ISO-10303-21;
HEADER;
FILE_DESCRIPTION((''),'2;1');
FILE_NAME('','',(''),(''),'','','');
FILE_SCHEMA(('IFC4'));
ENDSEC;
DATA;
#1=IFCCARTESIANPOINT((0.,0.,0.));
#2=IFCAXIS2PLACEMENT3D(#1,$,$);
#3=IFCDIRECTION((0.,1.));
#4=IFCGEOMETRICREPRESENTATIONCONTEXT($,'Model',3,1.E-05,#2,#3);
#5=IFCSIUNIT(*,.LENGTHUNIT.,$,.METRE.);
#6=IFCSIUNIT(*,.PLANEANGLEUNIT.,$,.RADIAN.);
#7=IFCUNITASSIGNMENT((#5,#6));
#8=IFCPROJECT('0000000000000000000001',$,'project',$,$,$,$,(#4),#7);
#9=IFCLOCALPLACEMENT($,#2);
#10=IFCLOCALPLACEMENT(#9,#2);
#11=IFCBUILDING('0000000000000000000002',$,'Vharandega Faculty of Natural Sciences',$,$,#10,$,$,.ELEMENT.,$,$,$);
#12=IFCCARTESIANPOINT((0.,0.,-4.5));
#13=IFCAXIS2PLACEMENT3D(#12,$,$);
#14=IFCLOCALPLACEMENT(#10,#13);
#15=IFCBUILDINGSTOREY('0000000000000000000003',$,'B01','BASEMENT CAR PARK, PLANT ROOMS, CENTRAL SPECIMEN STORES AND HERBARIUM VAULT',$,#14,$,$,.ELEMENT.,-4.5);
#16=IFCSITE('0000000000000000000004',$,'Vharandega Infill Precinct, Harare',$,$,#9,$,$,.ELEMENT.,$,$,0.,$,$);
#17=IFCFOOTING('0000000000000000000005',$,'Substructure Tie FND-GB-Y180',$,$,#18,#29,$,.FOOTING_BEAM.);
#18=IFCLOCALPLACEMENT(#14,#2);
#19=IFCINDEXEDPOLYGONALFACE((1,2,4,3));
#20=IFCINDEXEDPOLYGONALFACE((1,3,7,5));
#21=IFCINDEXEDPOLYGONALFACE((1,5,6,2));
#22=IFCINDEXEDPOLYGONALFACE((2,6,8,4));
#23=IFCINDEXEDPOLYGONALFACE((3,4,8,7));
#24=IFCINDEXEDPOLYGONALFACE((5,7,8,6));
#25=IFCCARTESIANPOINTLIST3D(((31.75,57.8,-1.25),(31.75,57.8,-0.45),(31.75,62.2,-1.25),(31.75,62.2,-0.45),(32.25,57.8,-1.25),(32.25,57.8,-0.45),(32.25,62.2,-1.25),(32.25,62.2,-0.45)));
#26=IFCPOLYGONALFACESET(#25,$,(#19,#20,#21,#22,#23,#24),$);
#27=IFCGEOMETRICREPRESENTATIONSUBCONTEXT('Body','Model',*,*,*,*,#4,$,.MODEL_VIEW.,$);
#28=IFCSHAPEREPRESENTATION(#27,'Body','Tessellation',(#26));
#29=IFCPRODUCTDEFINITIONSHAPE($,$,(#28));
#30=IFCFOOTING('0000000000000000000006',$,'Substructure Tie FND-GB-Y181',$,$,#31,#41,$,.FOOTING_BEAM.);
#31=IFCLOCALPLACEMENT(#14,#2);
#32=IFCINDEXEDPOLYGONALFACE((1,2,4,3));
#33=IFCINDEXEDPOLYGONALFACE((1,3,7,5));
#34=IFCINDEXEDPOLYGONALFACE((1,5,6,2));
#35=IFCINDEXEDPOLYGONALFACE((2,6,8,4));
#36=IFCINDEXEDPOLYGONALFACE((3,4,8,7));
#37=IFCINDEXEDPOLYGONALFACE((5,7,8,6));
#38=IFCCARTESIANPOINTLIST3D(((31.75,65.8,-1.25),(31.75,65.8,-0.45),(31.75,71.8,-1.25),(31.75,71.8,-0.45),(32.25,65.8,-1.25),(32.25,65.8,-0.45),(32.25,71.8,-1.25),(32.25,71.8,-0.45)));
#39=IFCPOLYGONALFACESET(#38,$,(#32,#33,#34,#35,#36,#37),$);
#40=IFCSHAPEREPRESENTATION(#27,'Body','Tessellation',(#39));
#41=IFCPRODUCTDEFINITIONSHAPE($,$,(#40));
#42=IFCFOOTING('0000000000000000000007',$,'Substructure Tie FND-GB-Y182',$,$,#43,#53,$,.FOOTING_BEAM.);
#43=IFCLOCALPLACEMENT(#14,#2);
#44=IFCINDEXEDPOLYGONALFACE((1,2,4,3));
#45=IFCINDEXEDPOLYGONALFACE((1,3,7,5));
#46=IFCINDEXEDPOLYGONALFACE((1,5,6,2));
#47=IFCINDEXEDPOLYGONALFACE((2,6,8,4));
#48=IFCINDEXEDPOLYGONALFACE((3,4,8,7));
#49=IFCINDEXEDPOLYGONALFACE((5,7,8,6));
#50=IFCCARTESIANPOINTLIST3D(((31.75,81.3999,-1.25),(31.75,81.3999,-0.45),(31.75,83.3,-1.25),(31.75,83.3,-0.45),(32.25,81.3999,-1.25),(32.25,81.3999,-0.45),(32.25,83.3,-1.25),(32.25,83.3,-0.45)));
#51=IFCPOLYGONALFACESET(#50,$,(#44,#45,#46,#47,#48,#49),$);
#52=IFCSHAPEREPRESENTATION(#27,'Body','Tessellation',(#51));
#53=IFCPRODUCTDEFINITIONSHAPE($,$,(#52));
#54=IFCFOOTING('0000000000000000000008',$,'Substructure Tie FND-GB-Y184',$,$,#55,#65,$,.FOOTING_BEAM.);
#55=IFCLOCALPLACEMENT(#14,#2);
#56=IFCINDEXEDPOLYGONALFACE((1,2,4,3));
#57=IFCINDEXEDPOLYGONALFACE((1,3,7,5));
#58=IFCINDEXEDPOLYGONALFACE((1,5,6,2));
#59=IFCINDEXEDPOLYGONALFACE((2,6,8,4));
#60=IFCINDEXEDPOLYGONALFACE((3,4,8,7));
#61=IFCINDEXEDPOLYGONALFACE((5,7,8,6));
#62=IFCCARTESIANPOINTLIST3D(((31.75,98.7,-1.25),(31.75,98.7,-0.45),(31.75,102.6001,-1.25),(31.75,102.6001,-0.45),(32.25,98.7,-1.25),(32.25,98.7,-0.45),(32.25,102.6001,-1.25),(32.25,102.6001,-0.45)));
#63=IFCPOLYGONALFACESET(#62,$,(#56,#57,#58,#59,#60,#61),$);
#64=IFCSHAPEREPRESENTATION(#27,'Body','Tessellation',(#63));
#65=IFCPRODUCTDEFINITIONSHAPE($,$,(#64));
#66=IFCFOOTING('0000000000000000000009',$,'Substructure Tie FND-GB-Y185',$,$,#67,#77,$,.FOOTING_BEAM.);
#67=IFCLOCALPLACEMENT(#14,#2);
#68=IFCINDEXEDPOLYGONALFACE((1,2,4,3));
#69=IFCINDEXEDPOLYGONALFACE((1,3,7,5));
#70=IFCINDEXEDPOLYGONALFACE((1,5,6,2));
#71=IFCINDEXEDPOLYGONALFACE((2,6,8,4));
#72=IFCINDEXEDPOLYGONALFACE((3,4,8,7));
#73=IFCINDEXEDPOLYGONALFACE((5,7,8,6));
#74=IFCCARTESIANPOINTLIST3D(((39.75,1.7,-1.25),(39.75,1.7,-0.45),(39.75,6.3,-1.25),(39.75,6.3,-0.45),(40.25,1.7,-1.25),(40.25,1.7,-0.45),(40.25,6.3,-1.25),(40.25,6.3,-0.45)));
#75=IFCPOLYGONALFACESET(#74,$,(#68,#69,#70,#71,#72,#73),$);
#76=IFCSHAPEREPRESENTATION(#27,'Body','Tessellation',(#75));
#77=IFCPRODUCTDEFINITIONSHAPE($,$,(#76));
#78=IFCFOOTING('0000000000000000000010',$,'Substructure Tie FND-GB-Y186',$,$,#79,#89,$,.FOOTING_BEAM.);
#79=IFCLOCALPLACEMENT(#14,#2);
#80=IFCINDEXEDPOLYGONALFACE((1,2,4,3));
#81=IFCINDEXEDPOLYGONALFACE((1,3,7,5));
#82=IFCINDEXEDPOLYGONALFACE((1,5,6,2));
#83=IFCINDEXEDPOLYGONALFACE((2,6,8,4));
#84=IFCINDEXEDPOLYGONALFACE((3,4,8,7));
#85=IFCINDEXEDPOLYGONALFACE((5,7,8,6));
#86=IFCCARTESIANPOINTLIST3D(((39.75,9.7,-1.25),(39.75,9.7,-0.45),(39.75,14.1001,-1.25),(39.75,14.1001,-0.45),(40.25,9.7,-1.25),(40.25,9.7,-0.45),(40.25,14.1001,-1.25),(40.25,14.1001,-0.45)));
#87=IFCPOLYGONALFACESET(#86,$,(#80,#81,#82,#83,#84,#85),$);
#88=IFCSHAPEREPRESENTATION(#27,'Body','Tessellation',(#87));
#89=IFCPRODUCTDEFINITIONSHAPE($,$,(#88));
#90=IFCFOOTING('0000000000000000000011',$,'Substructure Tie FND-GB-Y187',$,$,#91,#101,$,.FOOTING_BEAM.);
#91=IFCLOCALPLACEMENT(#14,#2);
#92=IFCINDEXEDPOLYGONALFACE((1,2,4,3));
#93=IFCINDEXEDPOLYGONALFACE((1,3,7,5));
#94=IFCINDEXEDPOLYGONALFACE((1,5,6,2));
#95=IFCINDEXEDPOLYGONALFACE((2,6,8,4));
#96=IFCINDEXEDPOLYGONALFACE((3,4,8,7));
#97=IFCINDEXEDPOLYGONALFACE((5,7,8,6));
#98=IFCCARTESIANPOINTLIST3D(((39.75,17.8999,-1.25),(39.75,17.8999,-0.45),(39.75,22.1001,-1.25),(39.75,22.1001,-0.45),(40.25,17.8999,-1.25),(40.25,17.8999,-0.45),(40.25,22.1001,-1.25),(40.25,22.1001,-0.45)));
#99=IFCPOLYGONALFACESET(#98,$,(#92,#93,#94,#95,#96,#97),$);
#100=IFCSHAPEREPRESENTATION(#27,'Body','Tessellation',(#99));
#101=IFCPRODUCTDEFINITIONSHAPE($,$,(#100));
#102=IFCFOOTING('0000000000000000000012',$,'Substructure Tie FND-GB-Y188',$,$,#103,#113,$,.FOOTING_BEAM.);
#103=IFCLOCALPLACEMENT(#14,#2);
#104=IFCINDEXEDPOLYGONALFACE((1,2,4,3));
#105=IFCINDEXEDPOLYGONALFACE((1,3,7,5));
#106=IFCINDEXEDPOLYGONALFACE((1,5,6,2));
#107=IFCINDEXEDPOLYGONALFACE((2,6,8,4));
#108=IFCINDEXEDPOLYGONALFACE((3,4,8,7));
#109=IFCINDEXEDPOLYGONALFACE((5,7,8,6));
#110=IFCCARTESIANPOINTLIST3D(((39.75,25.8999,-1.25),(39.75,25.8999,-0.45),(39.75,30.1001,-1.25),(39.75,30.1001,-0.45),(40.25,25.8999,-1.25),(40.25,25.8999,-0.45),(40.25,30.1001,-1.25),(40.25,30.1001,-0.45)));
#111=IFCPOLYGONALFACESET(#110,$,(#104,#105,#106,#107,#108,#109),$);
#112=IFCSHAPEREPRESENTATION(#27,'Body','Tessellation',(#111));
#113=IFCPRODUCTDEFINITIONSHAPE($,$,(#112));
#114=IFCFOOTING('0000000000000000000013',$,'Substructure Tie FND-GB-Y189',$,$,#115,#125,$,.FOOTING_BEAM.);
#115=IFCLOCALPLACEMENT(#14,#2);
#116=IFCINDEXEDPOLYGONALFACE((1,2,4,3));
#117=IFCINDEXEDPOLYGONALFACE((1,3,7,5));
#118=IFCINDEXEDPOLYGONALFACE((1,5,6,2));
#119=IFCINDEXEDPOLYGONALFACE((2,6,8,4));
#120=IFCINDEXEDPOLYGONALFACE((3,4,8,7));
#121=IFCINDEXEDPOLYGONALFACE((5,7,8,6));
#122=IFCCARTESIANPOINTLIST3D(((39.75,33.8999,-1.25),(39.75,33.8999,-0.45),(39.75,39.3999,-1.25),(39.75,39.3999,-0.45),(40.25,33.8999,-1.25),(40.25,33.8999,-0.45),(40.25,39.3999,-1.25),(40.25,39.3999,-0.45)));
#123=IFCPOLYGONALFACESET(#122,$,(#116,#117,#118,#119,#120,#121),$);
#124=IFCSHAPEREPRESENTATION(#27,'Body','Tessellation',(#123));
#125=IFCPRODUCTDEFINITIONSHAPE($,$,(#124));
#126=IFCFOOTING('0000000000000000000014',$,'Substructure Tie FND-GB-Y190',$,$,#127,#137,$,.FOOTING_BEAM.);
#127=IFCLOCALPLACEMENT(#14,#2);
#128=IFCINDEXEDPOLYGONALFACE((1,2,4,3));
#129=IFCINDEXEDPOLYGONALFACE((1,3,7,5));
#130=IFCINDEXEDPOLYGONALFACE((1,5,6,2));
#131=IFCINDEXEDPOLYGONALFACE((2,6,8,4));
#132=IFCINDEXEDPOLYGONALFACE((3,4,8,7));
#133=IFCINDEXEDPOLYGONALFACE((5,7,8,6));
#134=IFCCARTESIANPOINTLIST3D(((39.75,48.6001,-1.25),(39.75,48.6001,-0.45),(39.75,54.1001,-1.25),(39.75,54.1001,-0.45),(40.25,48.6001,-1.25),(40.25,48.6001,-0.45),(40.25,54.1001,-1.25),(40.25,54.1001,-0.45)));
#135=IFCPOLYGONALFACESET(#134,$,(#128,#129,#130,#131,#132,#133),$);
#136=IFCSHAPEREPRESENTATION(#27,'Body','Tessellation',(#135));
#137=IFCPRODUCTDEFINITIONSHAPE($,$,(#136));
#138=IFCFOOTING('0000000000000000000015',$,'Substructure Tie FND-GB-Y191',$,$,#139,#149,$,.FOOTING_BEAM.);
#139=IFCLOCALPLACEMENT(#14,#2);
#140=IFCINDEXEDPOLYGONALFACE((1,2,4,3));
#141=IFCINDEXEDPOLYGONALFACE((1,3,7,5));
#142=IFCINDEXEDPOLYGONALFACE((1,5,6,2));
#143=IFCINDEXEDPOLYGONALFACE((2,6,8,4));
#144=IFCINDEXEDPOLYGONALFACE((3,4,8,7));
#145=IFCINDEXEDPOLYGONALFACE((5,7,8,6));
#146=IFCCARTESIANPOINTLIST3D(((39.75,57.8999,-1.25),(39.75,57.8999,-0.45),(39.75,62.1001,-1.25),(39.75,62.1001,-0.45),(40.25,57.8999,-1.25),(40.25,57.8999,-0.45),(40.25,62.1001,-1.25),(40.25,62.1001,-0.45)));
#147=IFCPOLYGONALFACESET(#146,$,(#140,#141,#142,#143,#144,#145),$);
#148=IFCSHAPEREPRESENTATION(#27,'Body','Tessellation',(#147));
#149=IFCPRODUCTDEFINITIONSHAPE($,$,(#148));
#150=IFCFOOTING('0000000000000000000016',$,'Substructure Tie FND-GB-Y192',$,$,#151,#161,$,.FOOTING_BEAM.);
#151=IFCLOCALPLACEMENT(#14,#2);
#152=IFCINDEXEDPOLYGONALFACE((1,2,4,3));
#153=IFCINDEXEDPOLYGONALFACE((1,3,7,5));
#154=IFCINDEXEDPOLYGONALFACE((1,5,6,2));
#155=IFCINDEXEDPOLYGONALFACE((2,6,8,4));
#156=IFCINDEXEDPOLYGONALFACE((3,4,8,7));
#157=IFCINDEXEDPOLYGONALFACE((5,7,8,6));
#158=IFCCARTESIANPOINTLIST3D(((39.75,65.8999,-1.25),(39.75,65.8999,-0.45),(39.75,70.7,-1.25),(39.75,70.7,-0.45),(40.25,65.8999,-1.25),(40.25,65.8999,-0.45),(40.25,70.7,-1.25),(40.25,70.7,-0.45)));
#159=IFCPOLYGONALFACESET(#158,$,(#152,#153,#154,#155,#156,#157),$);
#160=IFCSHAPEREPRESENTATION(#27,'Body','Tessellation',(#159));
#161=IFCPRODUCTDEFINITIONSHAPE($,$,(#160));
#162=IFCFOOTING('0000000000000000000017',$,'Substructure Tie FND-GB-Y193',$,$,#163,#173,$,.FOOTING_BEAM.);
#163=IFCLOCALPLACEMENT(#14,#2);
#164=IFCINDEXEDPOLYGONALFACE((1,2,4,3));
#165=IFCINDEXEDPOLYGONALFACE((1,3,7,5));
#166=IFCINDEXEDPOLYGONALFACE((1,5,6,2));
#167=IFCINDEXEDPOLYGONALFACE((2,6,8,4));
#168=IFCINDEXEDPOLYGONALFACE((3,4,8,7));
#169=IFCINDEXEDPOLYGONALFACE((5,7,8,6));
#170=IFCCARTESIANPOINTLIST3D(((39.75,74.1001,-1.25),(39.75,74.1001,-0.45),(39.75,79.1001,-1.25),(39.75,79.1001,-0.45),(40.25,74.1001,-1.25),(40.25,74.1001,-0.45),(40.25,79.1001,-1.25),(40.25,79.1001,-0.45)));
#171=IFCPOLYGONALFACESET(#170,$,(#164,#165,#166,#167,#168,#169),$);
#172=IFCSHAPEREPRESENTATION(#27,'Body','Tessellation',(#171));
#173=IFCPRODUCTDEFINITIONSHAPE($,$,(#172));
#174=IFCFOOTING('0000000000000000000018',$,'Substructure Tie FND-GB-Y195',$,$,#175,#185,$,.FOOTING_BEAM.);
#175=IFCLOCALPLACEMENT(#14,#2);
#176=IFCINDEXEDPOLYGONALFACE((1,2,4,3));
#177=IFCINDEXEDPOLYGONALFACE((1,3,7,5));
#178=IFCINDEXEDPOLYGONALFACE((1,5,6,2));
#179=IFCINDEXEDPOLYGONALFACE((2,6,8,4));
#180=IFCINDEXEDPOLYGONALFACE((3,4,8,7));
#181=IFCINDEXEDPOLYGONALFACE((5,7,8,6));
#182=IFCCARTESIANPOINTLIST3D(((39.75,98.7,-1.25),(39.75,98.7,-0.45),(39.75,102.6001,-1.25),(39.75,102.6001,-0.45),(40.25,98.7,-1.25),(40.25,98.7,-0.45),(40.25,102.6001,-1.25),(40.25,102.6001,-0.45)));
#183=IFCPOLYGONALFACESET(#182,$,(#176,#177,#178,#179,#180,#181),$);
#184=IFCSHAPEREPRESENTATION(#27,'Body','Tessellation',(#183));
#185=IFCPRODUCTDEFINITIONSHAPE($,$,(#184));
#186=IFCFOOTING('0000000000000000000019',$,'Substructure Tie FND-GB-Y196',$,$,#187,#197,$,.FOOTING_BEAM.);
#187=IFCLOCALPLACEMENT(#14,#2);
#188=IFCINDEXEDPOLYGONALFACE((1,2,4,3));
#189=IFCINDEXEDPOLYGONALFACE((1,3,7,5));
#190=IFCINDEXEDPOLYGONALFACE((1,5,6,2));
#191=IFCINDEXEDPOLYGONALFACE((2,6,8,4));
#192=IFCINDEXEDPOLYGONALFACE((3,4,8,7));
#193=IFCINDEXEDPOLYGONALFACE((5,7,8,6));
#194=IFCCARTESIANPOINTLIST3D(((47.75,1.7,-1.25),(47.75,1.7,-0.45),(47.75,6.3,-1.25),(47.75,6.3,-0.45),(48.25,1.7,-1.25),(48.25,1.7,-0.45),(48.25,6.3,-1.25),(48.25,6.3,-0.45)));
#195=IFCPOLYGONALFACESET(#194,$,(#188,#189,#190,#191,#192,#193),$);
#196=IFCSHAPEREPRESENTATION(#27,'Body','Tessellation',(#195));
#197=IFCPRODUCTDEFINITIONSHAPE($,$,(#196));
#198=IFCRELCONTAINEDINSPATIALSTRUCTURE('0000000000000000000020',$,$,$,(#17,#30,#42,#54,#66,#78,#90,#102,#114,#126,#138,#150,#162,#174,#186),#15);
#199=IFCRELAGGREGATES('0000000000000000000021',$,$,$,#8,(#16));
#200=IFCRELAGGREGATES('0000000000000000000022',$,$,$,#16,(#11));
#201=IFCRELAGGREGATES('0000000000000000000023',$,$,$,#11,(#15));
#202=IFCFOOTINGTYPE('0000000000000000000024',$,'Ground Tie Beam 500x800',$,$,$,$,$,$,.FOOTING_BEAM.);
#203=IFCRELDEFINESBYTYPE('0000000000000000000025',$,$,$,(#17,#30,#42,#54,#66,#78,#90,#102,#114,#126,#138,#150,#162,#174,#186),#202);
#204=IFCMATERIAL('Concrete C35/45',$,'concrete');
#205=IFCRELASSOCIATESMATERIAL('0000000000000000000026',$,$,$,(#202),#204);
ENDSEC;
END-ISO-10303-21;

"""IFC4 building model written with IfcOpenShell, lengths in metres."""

from ifc_helpers import new_model, si_unit, direction, frame, origin, place, context, subcontext, project, spatial, polyline, outline, extrude, material, type_object, element, save


model = new_model("IFC4")

# Units and contexts
model_context = context("Model", 3, precision=1e-05, world=origin(), true_north=direction((0.0, 1.0)))
body_context = subcontext(model_context, "Body", "Model", "MODEL_VIEW")
ifc_project = project(units=[si_unit("LENGTHUNIT", "METRE"), si_unit("PLANEANGLEUNIT", "RADIAN")], contexts=[model_context])

# Site, building, storey
site_placement = place(None, origin())
site = spatial("IfcSite", under=ifc_project, at=site_placement, Name="Vharandega Infill Precinct, Harare", CompositionType="ELEMENT", RefElevation=0.0)
building_placement = place(site_placement, origin())
building = spatial("IfcBuilding", under=site, at=building_placement, Name="Vharandega Faculty of Natural Sciences", CompositionType="ELEMENT")
storey_placement = place(building_placement, frame((0.0, 0.0, -4.5)))
storey = spatial("IfcBuildingStorey", under=building, at=storey_placement, Name="B01", Description="BASEMENT CAR PARK, PLANT ROOMS, CENTRAL SPECIMEN STORES AND HERBARIUM VAULT", CompositionType="ELEMENT", Elevation=-4.5)

# Footings
ifc_material = material(Name="Concrete C35/45", Category="concrete")
footing_type = type_object("IfcFootingType", Name="Ground Tie Beam 500x800", PredefinedType="FOOTING_BEAM", material=ifc_material)
footing_1_placement = place(storey_placement, frame((0.0, 0.0, -1.25)))
element("IfcFooting", 1, at=footing_1_placement, inside=storey, type_object=footing_type, Name="Substructure Tie FND-GB-Y180", PredefinedType="FOOTING_BEAM", context=body_context, shape_type="SweptSolid", body=[
    extrude(outline(polyline([(31.75, 57.8), (32.25, 57.8), (32.25, 62.2), (31.75, 62.2), (31.75, 57.8)])), origin(), (0.0, 0.0, 1.0), 0.8),
])
footing_2_placement = place(storey_placement, frame((0.0, 0.0, -1.25)))
element("IfcFooting", 2, at=footing_2_placement, inside=storey, type_object=footing_type, Name="Substructure Tie FND-GB-Y181", PredefinedType="FOOTING_BEAM", context=body_context, shape_type="SweptSolid", body=[
    extrude(outline(polyline([(31.75, 65.8), (32.25, 65.8), (32.25, 71.8), (31.75, 71.8), (31.75, 65.8)])), origin(), (0.0, 0.0, 1.0), 0.8),
])
footing_3_placement = place(storey_placement, frame((0.0, 0.0, -1.25)))
element("IfcFooting", 3, at=footing_3_placement, inside=storey, type_object=footing_type, Name="Substructure Tie FND-GB-Y182", PredefinedType="FOOTING_BEAM", context=body_context, shape_type="SweptSolid", body=[
    extrude(outline(polyline([(31.75, 81.3999), (32.25, 81.3999), (32.25, 83.3), (31.75, 83.3), (31.75, 81.3999)])), origin(), (0.0, 0.0, 1.0), 0.8),
])
footing_4_placement = place(storey_placement, frame((0.0, 0.0, -1.25)))
element("IfcFooting", 4, at=footing_4_placement, inside=storey, type_object=footing_type, Name="Substructure Tie FND-GB-Y184", PredefinedType="FOOTING_BEAM", context=body_context, shape_type="SweptSolid", body=[
    extrude(outline(polyline([(31.75, 98.7), (32.25, 98.7), (32.25, 102.6001), (31.75, 102.6001), (31.75, 98.7)])), origin(), (0.0, 0.0, 1.0), 0.8),
])
footing_5_placement = place(storey_placement, frame((0.0, 0.0, -1.25)))
element("IfcFooting", 5, at=footing_5_placement, inside=storey, type_object=footing_type, Name="Substructure Tie FND-GB-Y185", PredefinedType="FOOTING_BEAM", context=body_context, shape_type="SweptSolid", body=[
    extrude(outline(polyline([(39.75, 1.7), (40.25, 1.7), (40.25, 6.3), (39.75, 6.3), (39.75, 1.7)])), origin(), (0.0, 0.0, 1.0), 0.8),
])
footing_6_placement = place(storey_placement, frame((0.0, 0.0, -1.25)))
element("IfcFooting", 6, at=footing_6_placement, inside=storey, type_object=footing_type, Name="Substructure Tie FND-GB-Y186", PredefinedType="FOOTING_BEAM", context=body_context, shape_type="SweptSolid", body=[
    extrude(outline(polyline([(39.75, 9.7), (40.25, 9.7), (40.25, 14.1001), (39.75, 14.1001), (39.75, 9.7)])), origin(), (0.0, 0.0, 1.0), 0.8),
])
footing_7_placement = place(storey_placement, frame((0.0, 0.0, -1.25)))
element("IfcFooting", 7, at=footing_7_placement, inside=storey, type_object=footing_type, Name="Substructure Tie FND-GB-Y187", PredefinedType="FOOTING_BEAM", context=body_context, shape_type="SweptSolid", body=[
    extrude(outline(polyline([(39.75, 17.8999), (40.25, 17.8999), (40.25, 22.1001), (39.75, 22.1001), (39.75, 17.8999)])), origin(), (0.0, 0.0, 1.0), 0.8),
])
footing_8_placement = place(storey_placement, frame((0.0, 0.0, -1.25)))
element("IfcFooting", 8, at=footing_8_placement, inside=storey, type_object=footing_type, Name="Substructure Tie FND-GB-Y188", PredefinedType="FOOTING_BEAM", context=body_context, shape_type="SweptSolid", body=[
    extrude(outline(polyline([(39.75, 25.8999), (40.25, 25.8999), (40.25, 30.1001), (39.75, 30.1001), (39.75, 25.8999)])), origin(), (0.0, 0.0, 1.0), 0.8),
])
footing_9_placement = place(storey_placement, frame((0.0, 0.0, -1.25)))
element("IfcFooting", 9, at=footing_9_placement, inside=storey, type_object=footing_type, Name="Substructure Tie FND-GB-Y189", PredefinedType="FOOTING_BEAM", context=body_context, shape_type="SweptSolid", body=[
    extrude(outline(polyline([(39.75, 33.8999), (40.25, 33.8999), (40.25, 39.3999), (39.75, 39.3999), (39.75, 33.8999)])), origin(), (0.0, 0.0, 1.0), 0.8),
])
footing_10_placement = place(storey_placement, frame((0.0, 0.0, -1.25)))
element("IfcFooting", 10, at=footing_10_placement, inside=storey, type_object=footing_type, Name="Substructure Tie FND-GB-Y190", PredefinedType="FOOTING_BEAM", context=body_context, shape_type="SweptSolid", body=[
    extrude(outline(polyline([(39.75, 48.6001), (40.25, 48.6001), (40.25, 54.1001), (39.75, 54.1001), (39.75, 48.6001)])), origin(), (0.0, 0.0, 1.0), 0.8),
])
footing_11_placement = place(storey_placement, frame((0.0, 0.0, -1.25)))
element("IfcFooting", 11, at=footing_11_placement, inside=storey, type_object=footing_type, Name="Substructure Tie FND-GB-Y191", PredefinedType="FOOTING_BEAM", context=body_context, shape_type="SweptSolid", body=[
    extrude(outline(polyline([(39.75, 57.8999), (40.25, 57.8999), (40.25, 62.1001), (39.75, 62.1001), (39.75, 57.8999)])), origin(), (0.0, 0.0, 1.0), 0.8),
])
footing_12_placement = place(storey_placement, frame((0.0, 0.0, -1.25)))
element("IfcFooting", 12, at=footing_12_placement, inside=storey, type_object=footing_type, Name="Substructure Tie FND-GB-Y192", PredefinedType="FOOTING_BEAM", context=body_context, shape_type="SweptSolid", body=[
    extrude(outline(polyline([(39.75, 65.8999), (40.25, 65.8999), (40.25, 70.7), (39.75, 70.7), (39.75, 65.8999)])), origin(), (0.0, 0.0, 1.0), 0.8),
])
footing_13_placement = place(storey_placement, frame((0.0, 0.0, -1.25)))
element("IfcFooting", 13, at=footing_13_placement, inside=storey, type_object=footing_type, Name="Substructure Tie FND-GB-Y193", PredefinedType="FOOTING_BEAM", context=body_context, shape_type="SweptSolid", body=[
    extrude(outline(polyline([(39.75, 74.1001), (40.25, 74.1001), (40.25, 79.1001), (39.75, 79.1001), (39.75, 74.1001)])), origin(), (0.0, 0.0, 1.0), 0.8),
])
footing_14_placement = place(storey_placement, frame((0.0, 0.0, -1.25)))
element("IfcFooting", 14, at=footing_14_placement, inside=storey, type_object=footing_type, Name="Substructure Tie FND-GB-Y195", PredefinedType="FOOTING_BEAM", context=body_context, shape_type="SweptSolid", body=[
    extrude(outline(polyline([(39.75, 98.7), (40.25, 98.7), (40.25, 102.6001), (39.75, 102.6001), (39.75, 98.7)])), origin(), (0.0, 0.0, 1.0), 0.8),
])
footing_15_placement = place(storey_placement, frame((0.0, 0.0, -1.25)))
element("IfcFooting", 15, at=footing_15_placement, inside=storey, type_object=footing_type, Name="Substructure Tie FND-GB-Y196", PredefinedType="FOOTING_BEAM", context=body_context, shape_type="SweptSolid", body=[
    extrude(outline(polyline([(47.75, 1.7), (48.25, 1.7), (48.25, 6.3), (47.75, 6.3), (47.75, 1.7)])), origin(), (0.0, 0.0, 1.0), 0.8),
])

save(model, "model.ifc")
